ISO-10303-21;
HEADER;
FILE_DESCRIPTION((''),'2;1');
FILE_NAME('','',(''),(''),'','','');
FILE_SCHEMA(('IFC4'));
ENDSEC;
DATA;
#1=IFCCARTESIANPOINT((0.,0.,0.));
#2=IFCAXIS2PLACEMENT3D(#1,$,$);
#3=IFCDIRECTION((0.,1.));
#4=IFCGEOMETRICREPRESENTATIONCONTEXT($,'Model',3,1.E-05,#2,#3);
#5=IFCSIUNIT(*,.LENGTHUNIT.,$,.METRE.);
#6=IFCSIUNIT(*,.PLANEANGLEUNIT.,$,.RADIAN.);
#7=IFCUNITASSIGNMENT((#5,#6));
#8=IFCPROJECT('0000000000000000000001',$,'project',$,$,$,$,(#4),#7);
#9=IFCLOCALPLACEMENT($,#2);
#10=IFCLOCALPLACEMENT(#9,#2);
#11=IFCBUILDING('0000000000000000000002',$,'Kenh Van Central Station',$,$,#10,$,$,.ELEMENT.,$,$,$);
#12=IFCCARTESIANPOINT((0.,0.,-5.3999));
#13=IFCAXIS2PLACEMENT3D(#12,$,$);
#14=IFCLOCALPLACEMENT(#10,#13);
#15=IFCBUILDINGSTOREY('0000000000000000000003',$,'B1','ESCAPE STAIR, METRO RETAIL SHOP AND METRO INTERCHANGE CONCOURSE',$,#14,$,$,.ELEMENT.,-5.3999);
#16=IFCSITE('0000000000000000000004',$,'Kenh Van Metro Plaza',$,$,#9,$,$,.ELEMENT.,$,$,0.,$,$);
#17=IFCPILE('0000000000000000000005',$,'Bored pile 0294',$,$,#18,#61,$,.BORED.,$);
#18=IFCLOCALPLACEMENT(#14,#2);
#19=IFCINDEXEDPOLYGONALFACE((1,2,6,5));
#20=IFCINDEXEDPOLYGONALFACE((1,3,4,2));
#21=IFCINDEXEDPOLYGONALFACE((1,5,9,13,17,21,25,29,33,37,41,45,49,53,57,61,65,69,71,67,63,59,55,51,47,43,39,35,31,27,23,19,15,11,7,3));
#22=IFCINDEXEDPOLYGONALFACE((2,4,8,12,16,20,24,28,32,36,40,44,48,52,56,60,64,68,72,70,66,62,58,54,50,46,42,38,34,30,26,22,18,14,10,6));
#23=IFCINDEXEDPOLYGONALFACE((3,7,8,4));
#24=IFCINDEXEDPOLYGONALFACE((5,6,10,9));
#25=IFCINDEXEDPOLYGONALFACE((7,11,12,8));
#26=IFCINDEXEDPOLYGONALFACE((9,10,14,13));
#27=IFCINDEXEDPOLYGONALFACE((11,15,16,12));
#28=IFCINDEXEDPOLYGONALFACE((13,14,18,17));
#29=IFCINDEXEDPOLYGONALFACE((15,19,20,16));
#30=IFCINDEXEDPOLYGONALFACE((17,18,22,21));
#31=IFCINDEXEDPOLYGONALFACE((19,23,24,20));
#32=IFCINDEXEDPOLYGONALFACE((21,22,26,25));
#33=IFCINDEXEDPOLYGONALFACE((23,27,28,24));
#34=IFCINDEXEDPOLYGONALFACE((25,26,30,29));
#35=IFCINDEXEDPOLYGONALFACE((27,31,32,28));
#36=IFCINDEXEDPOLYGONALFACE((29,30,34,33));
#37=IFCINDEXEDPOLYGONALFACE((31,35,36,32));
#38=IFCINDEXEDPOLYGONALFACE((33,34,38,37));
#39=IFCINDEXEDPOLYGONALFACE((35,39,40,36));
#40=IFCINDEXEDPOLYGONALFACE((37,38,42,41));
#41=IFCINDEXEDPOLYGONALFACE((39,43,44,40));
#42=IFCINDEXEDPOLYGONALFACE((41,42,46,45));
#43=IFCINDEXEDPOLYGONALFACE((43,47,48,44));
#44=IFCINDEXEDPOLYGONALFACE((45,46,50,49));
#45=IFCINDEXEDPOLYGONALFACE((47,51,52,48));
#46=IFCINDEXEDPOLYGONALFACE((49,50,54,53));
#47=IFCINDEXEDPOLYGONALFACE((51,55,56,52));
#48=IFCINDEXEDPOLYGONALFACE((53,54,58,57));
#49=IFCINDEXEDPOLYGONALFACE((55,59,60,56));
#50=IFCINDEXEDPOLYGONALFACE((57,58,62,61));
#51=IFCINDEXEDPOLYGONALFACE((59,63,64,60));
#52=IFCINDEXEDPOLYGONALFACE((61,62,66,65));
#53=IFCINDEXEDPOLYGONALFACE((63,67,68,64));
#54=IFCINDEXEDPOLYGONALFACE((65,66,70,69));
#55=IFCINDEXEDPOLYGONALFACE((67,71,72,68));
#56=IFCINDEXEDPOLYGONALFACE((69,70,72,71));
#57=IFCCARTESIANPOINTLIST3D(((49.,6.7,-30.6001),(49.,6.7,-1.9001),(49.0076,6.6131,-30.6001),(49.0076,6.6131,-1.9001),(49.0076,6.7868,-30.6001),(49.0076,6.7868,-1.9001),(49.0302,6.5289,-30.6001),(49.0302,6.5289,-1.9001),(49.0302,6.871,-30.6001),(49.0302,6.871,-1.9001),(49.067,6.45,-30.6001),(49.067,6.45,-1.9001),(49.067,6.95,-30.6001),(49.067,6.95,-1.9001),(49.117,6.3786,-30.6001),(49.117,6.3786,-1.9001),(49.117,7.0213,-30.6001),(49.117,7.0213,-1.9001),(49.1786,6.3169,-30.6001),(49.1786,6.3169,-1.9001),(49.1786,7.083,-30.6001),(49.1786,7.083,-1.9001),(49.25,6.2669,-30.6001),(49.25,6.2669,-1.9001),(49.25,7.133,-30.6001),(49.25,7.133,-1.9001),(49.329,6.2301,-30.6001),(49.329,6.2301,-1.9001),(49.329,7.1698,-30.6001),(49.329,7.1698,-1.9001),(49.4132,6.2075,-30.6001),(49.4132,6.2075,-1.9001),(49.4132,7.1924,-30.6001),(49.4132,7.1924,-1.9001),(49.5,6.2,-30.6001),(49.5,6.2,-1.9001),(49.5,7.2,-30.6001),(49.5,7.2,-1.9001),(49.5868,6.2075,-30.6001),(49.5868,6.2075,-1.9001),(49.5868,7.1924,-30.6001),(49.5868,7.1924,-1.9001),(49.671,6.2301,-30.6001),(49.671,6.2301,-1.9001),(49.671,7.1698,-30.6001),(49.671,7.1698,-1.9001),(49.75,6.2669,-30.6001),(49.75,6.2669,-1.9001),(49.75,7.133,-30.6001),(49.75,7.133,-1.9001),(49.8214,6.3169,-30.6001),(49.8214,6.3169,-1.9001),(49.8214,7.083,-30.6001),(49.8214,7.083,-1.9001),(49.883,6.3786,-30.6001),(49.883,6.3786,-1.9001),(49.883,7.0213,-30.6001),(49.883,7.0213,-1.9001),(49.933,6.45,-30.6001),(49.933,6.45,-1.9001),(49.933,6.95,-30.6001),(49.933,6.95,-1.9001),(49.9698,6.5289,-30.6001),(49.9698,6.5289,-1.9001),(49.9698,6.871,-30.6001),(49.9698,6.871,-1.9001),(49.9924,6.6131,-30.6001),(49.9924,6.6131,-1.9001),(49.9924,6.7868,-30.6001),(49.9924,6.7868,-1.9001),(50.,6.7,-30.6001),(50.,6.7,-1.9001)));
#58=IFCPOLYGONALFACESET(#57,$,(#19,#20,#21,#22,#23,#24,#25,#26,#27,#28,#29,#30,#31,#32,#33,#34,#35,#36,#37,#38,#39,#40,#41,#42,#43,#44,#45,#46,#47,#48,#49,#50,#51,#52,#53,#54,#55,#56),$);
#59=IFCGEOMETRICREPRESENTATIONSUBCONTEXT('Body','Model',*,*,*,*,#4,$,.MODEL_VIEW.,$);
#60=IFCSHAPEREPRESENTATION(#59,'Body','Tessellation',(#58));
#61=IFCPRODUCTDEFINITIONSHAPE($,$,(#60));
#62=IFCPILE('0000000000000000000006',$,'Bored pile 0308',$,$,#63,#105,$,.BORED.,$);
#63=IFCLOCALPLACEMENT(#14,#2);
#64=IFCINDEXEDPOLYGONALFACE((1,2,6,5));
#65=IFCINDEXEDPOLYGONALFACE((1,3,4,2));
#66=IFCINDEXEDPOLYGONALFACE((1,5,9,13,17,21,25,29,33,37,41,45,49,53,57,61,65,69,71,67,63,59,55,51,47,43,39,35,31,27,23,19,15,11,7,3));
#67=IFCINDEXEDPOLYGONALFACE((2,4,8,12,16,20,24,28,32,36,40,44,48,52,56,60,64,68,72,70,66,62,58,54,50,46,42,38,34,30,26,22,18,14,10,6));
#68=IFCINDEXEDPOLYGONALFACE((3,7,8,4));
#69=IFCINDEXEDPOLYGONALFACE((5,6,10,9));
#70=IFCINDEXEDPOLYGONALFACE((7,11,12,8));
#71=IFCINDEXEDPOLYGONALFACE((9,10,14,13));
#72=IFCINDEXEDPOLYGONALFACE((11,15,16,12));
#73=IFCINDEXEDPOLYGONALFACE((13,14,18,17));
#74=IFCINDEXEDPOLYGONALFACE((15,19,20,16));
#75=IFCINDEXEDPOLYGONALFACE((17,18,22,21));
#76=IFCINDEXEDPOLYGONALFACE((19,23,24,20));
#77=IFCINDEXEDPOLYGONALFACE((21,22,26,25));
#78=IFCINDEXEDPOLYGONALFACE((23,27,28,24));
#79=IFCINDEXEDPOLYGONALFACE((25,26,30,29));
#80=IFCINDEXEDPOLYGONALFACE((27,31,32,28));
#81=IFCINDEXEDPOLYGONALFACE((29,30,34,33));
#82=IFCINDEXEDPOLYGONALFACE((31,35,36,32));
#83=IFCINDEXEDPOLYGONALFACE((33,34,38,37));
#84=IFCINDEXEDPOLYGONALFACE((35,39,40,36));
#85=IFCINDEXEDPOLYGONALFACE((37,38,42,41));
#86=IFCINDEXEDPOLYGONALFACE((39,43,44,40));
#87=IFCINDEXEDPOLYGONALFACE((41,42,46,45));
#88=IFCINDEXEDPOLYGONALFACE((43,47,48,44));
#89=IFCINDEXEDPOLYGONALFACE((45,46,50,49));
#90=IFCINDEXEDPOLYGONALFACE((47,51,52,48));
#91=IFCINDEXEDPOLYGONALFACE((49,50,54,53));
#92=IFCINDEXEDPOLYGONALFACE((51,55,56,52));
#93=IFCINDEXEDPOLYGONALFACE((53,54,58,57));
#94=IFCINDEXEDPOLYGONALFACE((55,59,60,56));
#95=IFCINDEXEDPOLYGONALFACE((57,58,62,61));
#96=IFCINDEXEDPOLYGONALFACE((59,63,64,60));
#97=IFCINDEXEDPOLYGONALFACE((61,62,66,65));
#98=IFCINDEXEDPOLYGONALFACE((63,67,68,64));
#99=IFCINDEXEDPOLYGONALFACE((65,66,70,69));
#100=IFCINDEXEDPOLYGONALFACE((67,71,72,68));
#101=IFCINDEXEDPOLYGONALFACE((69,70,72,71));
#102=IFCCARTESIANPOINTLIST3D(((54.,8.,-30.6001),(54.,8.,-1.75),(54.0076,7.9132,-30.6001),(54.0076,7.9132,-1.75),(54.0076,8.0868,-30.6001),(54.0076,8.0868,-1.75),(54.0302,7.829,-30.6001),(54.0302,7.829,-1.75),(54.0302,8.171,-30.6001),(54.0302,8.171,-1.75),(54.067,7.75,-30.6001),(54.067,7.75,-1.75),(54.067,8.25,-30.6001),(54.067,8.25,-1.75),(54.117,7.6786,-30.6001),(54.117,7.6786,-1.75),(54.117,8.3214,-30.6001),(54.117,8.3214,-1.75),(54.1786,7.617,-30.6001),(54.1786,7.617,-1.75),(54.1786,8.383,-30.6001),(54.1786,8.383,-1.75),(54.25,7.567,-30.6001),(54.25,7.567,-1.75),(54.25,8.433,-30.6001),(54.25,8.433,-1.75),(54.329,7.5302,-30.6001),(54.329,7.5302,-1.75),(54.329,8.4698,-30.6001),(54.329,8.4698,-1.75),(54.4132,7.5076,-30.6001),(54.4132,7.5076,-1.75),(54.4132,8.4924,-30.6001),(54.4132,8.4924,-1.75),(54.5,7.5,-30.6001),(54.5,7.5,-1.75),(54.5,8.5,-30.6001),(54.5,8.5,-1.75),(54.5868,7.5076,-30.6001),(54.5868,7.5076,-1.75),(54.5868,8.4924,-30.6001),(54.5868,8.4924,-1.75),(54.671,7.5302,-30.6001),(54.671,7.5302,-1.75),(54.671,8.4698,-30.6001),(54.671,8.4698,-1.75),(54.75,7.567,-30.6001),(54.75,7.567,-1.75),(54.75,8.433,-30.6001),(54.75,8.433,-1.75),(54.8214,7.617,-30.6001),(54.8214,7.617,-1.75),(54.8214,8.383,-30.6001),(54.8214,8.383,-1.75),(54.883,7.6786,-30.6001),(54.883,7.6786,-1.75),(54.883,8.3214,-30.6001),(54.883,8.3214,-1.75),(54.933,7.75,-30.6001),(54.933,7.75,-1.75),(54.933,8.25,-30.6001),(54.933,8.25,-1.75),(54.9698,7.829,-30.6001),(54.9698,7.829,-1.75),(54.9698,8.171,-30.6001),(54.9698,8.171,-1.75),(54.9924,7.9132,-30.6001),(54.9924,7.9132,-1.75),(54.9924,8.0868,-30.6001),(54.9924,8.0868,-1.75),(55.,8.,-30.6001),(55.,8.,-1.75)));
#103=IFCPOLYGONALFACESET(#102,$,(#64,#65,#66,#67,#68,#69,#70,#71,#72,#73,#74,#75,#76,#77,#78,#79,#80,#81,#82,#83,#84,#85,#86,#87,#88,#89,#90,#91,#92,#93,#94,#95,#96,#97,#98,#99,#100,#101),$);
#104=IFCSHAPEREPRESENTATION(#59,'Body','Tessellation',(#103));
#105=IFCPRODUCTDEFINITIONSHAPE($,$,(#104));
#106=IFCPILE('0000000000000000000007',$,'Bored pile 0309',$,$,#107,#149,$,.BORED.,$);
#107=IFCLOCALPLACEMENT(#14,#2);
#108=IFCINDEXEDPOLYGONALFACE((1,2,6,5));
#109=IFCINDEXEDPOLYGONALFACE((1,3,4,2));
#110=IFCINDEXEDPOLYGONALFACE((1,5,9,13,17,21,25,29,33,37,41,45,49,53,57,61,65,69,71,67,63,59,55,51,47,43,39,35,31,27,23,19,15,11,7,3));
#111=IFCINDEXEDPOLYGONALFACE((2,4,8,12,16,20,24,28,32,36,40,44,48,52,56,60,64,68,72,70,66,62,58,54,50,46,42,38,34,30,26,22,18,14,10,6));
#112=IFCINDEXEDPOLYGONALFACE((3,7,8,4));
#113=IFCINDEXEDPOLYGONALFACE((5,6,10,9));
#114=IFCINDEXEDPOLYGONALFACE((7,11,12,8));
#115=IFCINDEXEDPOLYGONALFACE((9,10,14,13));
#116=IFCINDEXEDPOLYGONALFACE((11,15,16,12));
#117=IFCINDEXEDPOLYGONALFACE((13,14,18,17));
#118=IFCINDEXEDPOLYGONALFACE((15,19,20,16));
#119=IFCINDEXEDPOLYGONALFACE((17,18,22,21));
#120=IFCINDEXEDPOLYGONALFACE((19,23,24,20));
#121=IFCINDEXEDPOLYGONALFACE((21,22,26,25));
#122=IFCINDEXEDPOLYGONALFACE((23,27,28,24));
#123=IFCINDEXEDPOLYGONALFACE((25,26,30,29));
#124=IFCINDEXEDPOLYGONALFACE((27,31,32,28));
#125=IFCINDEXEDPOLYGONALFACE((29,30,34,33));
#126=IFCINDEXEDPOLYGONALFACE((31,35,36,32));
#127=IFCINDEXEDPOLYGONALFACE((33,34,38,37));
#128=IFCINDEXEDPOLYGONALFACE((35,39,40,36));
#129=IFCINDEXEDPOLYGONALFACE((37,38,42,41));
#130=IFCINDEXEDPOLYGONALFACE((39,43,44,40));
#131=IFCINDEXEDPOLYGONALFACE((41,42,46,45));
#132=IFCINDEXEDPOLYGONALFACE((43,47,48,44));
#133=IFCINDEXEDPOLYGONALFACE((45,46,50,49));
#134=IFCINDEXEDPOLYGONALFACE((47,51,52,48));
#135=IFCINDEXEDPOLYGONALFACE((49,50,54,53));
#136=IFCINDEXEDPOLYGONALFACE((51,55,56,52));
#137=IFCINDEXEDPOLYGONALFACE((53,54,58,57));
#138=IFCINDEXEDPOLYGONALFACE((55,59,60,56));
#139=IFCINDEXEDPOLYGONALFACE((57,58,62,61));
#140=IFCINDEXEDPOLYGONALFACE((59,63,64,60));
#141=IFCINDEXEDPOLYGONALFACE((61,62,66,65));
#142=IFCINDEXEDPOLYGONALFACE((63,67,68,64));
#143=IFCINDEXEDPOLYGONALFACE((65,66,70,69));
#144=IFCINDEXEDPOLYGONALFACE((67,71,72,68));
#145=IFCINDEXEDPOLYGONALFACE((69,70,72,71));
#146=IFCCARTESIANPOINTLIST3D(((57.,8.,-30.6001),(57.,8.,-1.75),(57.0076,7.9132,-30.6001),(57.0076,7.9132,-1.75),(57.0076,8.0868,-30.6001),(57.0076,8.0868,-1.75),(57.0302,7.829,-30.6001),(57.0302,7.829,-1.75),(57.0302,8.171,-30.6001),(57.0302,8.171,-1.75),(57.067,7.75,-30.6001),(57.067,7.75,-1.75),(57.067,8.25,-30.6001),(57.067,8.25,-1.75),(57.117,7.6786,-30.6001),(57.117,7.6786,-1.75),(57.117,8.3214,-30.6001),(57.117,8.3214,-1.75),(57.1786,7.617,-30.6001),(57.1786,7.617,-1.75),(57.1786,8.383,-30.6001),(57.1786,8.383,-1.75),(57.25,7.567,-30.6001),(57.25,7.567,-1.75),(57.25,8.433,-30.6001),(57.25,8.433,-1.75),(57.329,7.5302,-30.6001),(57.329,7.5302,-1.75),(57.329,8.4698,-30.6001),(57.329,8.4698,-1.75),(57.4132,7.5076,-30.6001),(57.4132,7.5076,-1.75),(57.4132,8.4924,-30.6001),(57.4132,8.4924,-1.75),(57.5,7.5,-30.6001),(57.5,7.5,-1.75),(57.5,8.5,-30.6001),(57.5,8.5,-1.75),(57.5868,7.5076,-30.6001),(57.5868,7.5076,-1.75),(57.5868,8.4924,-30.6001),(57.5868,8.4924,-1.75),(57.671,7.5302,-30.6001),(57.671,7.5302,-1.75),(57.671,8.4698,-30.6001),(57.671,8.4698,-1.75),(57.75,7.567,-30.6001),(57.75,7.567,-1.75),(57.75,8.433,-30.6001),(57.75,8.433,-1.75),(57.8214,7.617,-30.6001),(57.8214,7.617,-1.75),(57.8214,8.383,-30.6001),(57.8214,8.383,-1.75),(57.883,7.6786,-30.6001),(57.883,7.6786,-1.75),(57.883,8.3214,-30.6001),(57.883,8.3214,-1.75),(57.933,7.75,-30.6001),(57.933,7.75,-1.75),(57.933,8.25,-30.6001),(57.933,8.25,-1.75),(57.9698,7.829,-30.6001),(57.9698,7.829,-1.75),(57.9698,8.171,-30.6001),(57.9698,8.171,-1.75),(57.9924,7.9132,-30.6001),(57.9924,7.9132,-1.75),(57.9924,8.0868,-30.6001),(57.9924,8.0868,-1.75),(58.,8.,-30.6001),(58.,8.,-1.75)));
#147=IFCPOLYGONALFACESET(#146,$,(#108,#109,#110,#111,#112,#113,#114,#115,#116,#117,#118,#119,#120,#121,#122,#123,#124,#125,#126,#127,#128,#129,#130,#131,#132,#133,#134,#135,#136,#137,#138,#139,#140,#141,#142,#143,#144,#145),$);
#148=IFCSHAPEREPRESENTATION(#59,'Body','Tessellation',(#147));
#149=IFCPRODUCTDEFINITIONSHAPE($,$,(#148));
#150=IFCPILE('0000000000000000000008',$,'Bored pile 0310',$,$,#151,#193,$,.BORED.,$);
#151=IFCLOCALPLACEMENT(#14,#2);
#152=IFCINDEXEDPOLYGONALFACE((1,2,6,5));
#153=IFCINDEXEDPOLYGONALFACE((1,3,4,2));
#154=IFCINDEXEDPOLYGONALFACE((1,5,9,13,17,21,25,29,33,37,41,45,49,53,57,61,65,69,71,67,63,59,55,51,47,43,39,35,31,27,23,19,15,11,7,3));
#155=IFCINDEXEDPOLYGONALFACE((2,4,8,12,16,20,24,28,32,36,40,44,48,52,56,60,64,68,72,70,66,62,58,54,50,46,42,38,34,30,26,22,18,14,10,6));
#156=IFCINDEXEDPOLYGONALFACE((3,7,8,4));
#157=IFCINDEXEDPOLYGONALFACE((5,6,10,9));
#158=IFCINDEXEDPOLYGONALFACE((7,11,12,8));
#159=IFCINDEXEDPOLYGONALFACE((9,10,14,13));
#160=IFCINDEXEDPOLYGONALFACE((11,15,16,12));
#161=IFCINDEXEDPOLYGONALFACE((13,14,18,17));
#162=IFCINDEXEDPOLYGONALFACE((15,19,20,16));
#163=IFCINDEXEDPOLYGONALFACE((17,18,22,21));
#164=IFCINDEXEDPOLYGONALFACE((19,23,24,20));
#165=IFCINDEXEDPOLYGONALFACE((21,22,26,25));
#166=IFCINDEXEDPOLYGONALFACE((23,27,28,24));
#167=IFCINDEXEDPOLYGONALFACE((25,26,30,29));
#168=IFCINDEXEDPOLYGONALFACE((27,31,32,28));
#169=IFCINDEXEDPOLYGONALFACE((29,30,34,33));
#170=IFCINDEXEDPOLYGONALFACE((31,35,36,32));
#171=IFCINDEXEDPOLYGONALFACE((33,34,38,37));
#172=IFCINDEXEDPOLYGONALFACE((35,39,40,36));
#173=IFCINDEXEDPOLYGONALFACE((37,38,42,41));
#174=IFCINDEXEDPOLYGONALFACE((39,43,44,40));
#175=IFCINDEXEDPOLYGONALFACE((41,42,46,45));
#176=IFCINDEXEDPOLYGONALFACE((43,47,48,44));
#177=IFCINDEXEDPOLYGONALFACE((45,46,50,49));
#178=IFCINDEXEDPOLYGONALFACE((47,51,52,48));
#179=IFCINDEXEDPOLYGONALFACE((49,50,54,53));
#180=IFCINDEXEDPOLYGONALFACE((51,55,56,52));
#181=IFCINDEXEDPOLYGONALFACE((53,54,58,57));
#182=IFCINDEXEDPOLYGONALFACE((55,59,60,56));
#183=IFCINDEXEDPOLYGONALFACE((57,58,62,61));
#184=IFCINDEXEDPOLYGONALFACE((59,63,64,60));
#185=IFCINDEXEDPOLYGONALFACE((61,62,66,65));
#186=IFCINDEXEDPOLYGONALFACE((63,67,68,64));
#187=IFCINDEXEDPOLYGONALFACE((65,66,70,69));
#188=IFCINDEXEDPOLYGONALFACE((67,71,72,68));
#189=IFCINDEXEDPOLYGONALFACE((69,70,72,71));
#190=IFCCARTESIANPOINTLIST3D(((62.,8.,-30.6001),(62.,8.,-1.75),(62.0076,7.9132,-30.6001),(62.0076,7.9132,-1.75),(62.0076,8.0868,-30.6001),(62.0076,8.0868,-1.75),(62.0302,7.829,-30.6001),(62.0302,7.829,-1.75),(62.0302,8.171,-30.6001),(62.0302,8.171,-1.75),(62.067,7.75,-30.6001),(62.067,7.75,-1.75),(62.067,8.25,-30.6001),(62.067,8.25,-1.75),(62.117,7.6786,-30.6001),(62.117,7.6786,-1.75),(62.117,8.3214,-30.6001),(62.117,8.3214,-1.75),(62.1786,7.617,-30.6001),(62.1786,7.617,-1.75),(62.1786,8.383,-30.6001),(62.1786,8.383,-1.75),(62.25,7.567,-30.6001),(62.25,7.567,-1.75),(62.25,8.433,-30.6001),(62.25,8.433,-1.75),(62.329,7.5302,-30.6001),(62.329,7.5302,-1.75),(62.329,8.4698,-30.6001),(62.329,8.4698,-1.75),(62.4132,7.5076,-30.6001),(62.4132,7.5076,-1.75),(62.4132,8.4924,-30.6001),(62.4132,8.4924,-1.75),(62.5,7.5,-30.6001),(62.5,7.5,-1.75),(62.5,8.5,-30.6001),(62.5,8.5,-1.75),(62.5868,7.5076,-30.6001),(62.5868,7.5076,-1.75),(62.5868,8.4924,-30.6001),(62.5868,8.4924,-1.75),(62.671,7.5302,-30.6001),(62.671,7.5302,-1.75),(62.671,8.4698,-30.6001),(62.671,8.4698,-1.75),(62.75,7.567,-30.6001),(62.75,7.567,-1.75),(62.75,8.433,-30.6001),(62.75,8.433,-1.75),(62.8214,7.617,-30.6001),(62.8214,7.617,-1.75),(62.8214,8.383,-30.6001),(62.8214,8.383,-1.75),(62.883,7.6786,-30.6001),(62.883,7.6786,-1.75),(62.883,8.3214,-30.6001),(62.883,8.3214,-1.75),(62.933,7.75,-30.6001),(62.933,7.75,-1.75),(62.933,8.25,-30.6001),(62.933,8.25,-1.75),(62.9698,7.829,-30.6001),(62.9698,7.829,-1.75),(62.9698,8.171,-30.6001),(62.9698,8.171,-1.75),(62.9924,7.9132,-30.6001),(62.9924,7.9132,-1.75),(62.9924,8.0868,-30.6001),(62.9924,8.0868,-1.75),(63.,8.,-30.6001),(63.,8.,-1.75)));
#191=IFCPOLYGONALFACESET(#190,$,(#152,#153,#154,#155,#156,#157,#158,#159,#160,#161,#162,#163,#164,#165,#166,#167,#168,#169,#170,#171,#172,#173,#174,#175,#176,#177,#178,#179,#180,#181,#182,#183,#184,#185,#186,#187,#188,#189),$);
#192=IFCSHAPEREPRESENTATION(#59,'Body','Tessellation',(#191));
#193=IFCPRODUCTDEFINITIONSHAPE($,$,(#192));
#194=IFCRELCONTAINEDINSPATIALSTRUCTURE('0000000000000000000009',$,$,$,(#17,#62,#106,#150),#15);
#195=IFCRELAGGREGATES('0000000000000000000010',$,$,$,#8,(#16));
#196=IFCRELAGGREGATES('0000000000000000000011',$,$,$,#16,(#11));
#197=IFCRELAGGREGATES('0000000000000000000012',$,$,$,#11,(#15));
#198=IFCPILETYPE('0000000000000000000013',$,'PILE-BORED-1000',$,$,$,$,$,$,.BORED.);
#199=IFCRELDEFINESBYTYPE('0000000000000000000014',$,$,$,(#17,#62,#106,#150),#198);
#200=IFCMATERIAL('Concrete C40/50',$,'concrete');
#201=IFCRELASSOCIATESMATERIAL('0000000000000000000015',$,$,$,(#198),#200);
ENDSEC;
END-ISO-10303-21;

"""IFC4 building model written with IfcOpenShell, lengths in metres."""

from ifc_helpers import new_model, si_unit, direction, frame, origin, origin_2d, place, context, subcontext, project, spatial, circle, extrude, material, material_profile, profile_set, type_object, element, save


model = new_model("IFC4")

# Units and contexts
model_context = context("Model", 3, precision=1e-05, world=origin(), true_north=direction((0.0, 1.0)))
body_context = subcontext(model_context, "Body", "Model", "MODEL_VIEW")
ifc_project = project(units=[si_unit("LENGTHUNIT", "METRE"), si_unit("PLANEANGLEUNIT", "RADIAN")], contexts=[model_context])

# Site, building, storey
site_placement = place(None, origin())
site = spatial("IfcSite", under=ifc_project, at=site_placement, Name="Kenh Van Metro Plaza", CompositionType="ELEMENT", RefElevation=0.0)
building_placement = place(site_placement, origin())
building = spatial("IfcBuilding", under=site, at=building_placement, Name="Kenh Van Central Station", CompositionType="ELEMENT")
storey_placement = place(building_placement, frame((0.0, 0.0, -5.3999)))
storey = spatial("IfcBuildingStorey", under=building, at=storey_placement, Name="B1", Description="ESCAPE STAIR, METRO RETAIL SHOP AND METRO INTERCHANGE CONCOURSE", CompositionType="ELEMENT", Elevation=-5.3999)

# Shared definitions
ifc_material_1 = material(Name="Concrete C40/50", Category="concrete")

# Piles
ifc_material_profile_1 = material_profile(ifc_material_1, circle(Radius=0.5, at=origin_2d()), Name="PILE D1000")
ifc_profile_set_1 = profile_set([ifc_material_profile_1], Name="Concrete C40/50")
pile_type = type_object("IfcPileType", Name="PILE-BORED-1000", PredefinedType="BORED", material=ifc_profile_set_1)
pile_placement = place(storey_placement, frame((49.5, 6.7, -1.9001), z_axis=(0.0, 0.0, -1.0), x_axis=(1.0, 0.0, 0.0)))
element("IfcPile", 1, at=pile_placement, inside=storey, type_object=pile_type, Name="Bored pile 0294", PredefinedType="BORED", context=body_context, shape_type="SweptSolid", body=[
    extrude(circle(Radius=0.5, at=origin_2d()), origin(), (0.0, 0.0, 1.0), 28.7),
])
for number, where, z_axis, x_axis, name in (
    (2, (54.5, 8.0, -1.75), (0.0, 0.0, -1.0), (1.0, 0.0, 0.0), "Bored pile 0308"),
    (3, (57.5, 8.0, -1.75), (0.0, 0.0, -1.0), (1.0, 0.0, 0.0), "Bored pile 0309"),
    (4, (62.5, 8.0, -1.75), (0.0, 0.0, -1.0), (1.0, 0.0, 0.0), "Bored pile 0310"),
):
    element("IfcPile", number, at=place(storey_placement, frame(where, z_axis=z_axis, x_axis=x_axis)), inside=storey, type_object=pile_type, Name=name, PredefinedType="BORED", context=body_context, shape_type="SweptSolid", body=[
        extrude(circle(Radius=0.5, at=origin_2d()), origin(), (0.0, 0.0, 1.0), 28.8501),
    ])

save(model, "model.ifc")
